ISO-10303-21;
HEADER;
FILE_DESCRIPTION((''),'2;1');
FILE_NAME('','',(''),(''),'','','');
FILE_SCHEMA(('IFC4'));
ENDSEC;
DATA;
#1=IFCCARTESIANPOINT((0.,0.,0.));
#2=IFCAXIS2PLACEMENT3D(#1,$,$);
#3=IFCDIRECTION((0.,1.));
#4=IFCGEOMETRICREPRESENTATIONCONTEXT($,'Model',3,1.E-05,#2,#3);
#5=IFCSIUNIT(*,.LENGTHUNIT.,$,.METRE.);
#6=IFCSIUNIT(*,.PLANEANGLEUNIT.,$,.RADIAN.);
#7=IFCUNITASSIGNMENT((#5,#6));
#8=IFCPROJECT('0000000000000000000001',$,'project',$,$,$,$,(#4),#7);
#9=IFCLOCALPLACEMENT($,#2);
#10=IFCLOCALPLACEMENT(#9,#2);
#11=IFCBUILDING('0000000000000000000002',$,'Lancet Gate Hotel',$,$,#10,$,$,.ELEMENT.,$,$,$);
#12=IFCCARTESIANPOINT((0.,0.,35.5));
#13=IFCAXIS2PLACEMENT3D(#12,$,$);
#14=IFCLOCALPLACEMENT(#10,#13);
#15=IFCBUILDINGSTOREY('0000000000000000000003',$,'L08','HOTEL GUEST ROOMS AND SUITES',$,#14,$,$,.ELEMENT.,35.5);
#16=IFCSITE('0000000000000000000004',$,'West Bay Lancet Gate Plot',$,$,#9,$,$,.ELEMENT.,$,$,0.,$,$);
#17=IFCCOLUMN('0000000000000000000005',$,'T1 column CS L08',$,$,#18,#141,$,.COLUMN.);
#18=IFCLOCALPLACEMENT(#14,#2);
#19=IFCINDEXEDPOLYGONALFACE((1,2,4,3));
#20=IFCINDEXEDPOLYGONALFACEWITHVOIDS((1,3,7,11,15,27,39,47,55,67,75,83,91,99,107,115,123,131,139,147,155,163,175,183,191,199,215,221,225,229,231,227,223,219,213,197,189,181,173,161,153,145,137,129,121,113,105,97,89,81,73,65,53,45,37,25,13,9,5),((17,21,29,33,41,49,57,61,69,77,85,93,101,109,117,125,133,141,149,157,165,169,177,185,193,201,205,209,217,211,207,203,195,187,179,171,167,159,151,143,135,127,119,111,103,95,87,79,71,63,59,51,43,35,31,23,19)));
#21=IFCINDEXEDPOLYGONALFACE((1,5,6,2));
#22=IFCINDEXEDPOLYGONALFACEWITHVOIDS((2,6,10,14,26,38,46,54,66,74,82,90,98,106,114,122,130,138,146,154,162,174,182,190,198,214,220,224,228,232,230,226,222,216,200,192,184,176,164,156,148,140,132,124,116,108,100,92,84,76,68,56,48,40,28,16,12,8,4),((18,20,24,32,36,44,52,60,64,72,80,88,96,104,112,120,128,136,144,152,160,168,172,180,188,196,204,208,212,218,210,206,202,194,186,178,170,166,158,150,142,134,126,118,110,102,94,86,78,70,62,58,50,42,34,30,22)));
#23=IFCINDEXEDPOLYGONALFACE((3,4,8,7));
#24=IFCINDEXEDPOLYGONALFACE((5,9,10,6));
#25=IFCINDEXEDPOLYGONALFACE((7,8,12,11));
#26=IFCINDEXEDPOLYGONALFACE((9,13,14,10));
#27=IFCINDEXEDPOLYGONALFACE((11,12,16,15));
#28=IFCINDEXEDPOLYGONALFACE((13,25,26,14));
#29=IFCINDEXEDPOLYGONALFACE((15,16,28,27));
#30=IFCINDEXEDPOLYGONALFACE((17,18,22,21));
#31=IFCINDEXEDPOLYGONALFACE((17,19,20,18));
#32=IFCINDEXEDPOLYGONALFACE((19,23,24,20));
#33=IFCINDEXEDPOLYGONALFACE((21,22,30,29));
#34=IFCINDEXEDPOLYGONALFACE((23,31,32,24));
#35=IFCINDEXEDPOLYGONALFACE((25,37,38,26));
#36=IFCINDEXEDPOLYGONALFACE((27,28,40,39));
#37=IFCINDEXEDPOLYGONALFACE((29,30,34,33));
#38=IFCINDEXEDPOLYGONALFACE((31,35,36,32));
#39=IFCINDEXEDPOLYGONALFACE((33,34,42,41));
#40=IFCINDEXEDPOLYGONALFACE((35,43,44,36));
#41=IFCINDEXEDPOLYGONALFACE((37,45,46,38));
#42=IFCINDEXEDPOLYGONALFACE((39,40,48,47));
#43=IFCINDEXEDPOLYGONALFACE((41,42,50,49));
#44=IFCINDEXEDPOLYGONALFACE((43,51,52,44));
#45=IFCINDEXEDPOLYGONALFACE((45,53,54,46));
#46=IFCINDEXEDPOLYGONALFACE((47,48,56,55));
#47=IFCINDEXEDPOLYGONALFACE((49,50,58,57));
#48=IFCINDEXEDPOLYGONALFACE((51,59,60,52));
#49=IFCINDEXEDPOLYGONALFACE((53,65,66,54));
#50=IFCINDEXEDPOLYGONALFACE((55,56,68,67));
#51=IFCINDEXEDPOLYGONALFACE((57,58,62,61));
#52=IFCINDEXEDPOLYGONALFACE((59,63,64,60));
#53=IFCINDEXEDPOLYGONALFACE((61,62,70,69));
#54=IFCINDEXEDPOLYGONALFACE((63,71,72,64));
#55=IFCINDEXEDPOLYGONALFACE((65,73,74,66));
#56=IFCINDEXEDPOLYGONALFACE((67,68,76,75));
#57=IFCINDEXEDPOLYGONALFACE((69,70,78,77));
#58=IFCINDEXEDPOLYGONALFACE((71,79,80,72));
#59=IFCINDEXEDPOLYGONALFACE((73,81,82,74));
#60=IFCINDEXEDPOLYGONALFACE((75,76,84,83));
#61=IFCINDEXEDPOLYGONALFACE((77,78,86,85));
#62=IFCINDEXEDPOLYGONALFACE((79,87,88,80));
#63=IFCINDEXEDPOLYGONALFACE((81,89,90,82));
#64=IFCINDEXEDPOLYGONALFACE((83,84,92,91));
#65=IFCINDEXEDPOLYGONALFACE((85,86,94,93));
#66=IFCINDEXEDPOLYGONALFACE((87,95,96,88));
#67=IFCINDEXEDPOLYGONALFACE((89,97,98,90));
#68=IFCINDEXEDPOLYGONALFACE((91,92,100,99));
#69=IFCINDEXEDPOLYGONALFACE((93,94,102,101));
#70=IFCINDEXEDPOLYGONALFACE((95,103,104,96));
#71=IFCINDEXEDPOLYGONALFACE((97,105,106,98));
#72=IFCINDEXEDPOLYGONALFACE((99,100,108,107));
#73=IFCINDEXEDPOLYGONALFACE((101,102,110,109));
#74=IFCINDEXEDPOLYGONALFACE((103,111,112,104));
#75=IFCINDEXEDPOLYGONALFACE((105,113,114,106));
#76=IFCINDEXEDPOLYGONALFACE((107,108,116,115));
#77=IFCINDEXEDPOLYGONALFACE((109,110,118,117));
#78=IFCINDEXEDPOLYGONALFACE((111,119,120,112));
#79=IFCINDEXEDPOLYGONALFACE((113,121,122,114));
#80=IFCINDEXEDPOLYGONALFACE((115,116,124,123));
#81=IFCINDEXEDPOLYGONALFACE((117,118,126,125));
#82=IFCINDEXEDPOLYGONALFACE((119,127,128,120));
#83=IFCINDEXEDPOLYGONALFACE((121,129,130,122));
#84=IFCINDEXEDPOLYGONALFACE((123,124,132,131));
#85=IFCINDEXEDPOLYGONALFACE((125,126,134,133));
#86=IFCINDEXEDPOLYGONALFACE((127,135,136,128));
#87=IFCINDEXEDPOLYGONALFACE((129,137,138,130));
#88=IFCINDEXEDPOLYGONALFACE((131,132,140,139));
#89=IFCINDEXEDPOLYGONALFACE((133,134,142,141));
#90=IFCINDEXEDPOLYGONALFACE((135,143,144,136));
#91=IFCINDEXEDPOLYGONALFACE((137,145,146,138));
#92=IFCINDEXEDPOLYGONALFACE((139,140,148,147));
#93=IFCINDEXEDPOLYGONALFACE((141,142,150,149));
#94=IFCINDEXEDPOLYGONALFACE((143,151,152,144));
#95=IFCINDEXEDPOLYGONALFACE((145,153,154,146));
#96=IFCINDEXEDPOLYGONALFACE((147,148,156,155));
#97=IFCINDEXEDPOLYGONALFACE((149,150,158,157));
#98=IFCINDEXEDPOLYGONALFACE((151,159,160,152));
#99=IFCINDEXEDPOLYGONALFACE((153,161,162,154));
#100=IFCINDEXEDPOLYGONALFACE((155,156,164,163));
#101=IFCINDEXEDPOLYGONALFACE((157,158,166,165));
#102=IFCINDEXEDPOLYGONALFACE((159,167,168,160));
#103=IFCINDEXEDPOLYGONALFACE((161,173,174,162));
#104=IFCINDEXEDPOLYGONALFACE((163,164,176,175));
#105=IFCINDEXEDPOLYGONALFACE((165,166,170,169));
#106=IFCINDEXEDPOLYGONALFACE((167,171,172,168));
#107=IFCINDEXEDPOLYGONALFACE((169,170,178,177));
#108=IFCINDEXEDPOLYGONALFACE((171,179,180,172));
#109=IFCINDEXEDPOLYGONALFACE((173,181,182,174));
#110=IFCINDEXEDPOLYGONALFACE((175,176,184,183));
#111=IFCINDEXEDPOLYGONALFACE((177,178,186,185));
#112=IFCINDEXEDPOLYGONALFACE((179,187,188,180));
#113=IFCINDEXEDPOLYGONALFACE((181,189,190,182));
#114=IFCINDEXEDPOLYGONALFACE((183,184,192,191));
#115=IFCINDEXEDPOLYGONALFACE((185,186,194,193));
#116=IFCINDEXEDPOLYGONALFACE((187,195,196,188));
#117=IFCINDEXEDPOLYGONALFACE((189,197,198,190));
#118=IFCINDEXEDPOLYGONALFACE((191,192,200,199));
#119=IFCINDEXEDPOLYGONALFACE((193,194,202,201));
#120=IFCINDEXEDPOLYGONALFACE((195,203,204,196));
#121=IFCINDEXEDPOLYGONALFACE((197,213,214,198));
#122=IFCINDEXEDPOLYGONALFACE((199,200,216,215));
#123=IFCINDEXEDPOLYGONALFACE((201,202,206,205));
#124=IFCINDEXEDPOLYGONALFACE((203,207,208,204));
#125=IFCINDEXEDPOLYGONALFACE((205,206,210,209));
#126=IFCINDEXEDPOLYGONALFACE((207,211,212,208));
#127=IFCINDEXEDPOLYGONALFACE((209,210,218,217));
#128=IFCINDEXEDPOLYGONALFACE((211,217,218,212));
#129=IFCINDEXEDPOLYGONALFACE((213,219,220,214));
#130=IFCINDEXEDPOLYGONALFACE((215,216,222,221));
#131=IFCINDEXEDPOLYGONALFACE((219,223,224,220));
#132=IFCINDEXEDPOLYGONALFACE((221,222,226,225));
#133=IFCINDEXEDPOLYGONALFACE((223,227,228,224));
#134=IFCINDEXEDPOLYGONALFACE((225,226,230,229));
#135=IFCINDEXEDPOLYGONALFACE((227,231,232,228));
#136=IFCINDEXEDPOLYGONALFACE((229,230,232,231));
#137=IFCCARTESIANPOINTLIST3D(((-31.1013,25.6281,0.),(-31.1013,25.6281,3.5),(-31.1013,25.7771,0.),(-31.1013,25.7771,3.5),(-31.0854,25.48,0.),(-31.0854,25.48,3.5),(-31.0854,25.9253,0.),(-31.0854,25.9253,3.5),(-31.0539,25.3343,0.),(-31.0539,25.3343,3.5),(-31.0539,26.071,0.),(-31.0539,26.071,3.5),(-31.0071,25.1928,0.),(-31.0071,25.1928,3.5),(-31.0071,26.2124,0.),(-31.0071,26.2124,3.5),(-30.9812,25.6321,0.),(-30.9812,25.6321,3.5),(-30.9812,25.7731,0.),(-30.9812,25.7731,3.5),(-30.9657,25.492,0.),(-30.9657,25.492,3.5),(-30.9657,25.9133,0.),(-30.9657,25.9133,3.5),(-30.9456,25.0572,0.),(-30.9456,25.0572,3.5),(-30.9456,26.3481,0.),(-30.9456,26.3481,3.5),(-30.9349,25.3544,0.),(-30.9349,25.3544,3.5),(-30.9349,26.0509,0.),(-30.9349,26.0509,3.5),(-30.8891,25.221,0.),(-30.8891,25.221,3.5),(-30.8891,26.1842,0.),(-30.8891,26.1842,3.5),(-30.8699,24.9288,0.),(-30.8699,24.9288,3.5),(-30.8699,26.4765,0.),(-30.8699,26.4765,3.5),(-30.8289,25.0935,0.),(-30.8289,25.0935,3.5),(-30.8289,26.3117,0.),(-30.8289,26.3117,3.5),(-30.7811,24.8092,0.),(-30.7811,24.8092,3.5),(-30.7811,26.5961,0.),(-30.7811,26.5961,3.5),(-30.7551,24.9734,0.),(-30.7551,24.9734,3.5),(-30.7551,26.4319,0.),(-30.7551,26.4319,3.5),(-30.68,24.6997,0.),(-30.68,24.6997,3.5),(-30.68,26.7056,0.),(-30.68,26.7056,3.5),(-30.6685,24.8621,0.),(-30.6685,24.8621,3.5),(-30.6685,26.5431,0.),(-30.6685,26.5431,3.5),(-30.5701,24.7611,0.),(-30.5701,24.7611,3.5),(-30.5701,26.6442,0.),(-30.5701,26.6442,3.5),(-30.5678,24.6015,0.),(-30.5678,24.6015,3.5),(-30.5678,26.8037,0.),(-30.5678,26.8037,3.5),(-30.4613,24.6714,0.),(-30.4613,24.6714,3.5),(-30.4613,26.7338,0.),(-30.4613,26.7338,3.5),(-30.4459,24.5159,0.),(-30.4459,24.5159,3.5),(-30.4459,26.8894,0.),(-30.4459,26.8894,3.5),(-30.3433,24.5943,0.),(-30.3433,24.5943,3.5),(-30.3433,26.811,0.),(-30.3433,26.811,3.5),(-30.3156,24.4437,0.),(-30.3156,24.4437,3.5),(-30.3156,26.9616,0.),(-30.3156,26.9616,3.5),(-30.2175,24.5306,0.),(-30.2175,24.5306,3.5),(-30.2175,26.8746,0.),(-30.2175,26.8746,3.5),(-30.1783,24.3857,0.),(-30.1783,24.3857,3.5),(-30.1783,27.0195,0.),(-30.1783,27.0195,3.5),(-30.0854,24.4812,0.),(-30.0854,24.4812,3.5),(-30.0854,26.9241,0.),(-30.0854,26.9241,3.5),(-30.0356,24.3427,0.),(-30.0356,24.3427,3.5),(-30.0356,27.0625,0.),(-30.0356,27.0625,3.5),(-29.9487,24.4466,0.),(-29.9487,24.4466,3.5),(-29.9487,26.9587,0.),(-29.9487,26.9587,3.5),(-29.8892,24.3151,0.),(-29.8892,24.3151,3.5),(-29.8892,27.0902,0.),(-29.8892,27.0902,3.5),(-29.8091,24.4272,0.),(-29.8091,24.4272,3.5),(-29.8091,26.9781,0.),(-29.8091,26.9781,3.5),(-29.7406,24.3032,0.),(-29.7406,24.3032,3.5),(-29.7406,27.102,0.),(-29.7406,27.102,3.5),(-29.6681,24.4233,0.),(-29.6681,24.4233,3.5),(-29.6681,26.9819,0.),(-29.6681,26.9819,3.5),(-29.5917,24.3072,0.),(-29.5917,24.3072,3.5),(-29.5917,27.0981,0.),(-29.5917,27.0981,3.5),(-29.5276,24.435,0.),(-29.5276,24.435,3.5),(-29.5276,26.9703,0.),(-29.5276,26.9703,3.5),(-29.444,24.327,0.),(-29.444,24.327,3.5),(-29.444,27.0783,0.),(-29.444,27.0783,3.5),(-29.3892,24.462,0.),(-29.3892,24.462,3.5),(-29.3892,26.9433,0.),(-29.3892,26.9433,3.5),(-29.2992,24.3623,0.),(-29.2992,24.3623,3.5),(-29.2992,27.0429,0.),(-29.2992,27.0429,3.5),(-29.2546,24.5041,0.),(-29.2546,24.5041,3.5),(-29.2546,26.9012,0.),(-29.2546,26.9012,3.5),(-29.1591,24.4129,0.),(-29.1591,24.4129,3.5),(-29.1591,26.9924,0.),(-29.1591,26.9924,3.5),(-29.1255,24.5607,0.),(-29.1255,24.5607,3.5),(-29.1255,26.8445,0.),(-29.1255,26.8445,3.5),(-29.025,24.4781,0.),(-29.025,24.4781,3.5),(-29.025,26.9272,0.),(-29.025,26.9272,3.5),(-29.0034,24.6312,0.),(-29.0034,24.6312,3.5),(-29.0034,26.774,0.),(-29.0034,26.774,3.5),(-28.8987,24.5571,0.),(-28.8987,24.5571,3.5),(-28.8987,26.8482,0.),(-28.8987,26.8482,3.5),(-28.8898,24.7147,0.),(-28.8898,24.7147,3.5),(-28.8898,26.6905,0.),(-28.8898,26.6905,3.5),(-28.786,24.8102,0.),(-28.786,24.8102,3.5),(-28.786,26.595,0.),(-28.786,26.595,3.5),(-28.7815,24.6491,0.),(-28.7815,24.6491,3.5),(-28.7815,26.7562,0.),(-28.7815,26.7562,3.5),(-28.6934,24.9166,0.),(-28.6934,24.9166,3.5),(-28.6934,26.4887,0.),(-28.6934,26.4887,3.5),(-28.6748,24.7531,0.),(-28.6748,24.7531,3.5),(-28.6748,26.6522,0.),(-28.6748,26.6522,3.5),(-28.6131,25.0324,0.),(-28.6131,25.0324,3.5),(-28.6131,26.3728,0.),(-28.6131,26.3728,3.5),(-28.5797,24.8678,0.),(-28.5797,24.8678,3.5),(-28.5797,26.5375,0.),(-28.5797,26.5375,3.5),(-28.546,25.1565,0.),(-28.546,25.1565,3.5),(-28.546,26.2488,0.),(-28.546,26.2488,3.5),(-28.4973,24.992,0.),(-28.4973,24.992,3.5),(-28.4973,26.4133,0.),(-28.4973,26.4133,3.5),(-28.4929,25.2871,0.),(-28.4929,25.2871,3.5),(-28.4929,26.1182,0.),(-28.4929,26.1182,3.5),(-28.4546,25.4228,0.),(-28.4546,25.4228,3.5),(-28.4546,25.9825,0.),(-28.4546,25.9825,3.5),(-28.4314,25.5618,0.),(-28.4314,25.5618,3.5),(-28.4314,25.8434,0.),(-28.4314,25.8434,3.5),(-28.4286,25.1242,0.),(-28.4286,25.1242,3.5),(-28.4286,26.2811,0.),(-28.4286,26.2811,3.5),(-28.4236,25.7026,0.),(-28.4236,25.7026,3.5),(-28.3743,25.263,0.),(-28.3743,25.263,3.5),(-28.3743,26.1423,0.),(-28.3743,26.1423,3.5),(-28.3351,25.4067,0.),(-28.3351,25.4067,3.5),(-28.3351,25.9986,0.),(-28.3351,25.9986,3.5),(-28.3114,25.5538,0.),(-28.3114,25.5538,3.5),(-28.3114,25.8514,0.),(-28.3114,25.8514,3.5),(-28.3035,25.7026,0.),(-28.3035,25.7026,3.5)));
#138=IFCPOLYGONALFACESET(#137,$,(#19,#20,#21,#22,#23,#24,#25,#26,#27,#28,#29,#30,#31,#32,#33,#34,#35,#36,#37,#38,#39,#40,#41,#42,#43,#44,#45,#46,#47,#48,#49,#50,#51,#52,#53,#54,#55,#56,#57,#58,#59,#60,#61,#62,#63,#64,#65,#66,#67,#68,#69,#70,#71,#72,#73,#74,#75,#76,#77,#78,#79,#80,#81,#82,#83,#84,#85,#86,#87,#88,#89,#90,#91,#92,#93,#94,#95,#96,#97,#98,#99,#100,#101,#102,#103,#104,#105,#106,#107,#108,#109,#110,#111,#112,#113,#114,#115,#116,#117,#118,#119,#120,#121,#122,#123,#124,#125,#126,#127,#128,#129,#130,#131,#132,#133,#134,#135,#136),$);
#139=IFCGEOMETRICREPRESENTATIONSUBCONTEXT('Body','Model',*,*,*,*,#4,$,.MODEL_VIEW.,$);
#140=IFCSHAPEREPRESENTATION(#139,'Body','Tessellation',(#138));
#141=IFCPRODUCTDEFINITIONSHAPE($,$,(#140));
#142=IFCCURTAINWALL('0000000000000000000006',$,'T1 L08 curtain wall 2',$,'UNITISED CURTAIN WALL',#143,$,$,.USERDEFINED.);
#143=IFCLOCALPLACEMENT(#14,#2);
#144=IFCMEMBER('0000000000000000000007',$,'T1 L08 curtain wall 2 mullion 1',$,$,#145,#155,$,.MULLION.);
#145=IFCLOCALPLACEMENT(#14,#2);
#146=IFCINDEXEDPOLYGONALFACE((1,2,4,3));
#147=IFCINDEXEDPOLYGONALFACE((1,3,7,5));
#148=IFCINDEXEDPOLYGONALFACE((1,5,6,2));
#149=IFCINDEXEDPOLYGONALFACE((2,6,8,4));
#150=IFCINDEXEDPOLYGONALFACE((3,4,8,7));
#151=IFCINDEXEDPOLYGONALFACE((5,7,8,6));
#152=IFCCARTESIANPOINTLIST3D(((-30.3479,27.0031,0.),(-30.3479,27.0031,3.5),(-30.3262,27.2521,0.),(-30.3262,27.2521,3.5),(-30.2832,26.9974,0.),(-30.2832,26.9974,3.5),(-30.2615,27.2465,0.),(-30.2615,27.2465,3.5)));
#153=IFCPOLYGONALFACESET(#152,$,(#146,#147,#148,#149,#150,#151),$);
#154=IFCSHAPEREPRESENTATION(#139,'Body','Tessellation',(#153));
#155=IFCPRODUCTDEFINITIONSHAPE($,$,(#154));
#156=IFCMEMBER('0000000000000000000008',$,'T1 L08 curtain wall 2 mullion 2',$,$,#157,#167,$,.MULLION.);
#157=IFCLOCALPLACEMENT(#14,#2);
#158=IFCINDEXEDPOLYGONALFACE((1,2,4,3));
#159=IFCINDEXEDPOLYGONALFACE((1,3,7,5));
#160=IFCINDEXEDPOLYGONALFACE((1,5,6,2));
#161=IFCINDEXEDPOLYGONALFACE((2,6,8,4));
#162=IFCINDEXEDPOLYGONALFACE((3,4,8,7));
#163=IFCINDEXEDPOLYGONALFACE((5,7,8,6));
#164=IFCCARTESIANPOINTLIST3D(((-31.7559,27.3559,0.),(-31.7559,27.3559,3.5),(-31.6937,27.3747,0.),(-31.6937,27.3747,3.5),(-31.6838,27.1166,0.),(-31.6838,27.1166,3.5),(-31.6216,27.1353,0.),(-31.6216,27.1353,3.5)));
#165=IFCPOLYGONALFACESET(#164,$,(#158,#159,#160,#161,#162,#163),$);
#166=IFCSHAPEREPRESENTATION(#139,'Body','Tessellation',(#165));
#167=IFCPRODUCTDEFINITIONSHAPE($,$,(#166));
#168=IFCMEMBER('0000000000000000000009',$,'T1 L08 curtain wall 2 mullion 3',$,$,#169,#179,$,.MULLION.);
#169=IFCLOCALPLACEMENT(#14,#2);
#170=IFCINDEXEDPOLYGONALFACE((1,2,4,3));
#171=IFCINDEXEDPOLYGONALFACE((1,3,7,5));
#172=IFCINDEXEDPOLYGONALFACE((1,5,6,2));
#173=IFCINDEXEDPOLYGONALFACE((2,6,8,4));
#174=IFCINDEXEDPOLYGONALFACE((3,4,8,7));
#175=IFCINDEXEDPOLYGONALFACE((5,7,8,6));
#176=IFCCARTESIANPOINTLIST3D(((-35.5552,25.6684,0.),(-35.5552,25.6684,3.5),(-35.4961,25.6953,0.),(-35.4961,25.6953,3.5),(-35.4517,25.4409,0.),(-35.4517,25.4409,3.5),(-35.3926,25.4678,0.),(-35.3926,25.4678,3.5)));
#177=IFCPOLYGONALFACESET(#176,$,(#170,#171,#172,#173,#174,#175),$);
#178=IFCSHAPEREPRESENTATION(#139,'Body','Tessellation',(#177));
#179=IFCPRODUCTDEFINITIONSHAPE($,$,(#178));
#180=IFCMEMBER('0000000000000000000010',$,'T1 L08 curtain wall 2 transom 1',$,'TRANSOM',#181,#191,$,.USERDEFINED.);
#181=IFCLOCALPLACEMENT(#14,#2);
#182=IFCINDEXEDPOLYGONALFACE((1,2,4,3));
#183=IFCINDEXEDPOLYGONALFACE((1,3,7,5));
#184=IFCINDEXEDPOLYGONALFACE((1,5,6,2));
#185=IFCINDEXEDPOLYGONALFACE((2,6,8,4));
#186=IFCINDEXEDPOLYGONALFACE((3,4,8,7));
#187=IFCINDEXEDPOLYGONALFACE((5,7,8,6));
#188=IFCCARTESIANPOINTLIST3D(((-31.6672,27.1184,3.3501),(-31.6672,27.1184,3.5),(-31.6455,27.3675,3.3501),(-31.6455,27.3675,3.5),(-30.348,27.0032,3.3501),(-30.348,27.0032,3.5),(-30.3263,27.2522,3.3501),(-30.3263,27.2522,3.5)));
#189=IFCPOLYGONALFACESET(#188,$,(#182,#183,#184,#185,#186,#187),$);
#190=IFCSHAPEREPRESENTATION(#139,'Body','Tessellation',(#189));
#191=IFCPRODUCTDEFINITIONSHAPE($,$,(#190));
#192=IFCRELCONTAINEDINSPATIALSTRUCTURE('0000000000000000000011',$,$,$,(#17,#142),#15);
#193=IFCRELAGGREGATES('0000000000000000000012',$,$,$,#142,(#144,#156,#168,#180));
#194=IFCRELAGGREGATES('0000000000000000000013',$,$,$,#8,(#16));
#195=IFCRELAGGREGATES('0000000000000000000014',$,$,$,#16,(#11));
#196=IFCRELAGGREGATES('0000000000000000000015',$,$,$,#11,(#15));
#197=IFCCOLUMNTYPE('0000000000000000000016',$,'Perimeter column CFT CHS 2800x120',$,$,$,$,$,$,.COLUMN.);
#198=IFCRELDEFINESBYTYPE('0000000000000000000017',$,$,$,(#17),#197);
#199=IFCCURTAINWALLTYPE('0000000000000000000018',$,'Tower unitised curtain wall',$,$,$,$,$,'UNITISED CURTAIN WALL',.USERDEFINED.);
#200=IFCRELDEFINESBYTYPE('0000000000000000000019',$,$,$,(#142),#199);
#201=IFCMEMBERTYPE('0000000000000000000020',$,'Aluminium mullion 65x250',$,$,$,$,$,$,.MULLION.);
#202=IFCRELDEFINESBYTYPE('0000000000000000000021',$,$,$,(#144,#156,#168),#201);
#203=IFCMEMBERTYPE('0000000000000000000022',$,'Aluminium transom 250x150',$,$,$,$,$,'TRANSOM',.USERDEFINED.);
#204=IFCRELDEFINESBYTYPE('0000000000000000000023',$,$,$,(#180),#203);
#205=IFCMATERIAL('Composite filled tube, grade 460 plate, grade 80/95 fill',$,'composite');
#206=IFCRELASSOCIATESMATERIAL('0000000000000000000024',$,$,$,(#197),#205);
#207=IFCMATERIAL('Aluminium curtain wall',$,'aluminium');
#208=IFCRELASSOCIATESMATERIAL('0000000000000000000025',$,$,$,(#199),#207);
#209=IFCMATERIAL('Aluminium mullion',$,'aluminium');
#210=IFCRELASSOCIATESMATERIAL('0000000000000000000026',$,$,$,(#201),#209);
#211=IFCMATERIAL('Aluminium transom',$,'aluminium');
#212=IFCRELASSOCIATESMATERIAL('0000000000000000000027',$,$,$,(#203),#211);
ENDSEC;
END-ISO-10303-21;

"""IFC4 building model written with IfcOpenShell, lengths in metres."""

from ifc_helpers import new_model, si_unit, direction, frame, origin, origin_2d, place, context, subcontext, project, spatial, rectangle, hollow_circle, extrude, material, material_profile, profile_set, type_object, element, aggregate, save


model = new_model("IFC4")

# Units and contexts
model_context = context("Model", 3, precision=1e-05, world=origin(), true_north=direction((0.0, 1.0)))
body_context = subcontext(model_context, "Body", "Model", "MODEL_VIEW")
ifc_project = project(units=[si_unit("LENGTHUNIT", "METRE"), si_unit("PLANEANGLEUNIT", "RADIAN")], contexts=[model_context])

# Site, building, storey
site_placement = place(None, origin())
site = spatial("IfcSite", under=ifc_project, at=site_placement, Name="West Bay Lancet Gate Plot", CompositionType="ELEMENT", RefElevation=0.0)
building_placement = place(site_placement, origin())
building = spatial("IfcBuilding", under=site, at=building_placement, Name="Lancet Gate Hotel", CompositionType="ELEMENT")
storey_placement = place(building_placement, frame((0.0, 0.0, 35.5)))
storey = spatial("IfcBuildingStorey", under=building, at=storey_placement, Name="L08", Description="HOTEL GUEST ROOMS AND SUITES", CompositionType="ELEMENT", Elevation=35.5)

# Column
ifc_material_1 = material(Name="Composite filled tube, grade 460 plate, grade 80/95 fill", Category="composite")
ifc_material_profile_1 = material_profile(ifc_material_1, hollow_circle(Radius=1.3999, WallThickness=0.1201, at=origin_2d()), Name="CHS 2800x120")
ifc_profile_set_1 = profile_set([ifc_material_profile_1], Name="Composite filled tube, grade 460 plate, grade 80/95 fill")
column_type = type_object("IfcColumnType", Name="Perimeter column CFT CHS 2800x120", PredefinedType="COLUMN", material=ifc_profile_set_1)
column_placement = place(storey_placement, frame((-29.7034, 25.7026, 0.0), z_axis=(0.0, 0.0, 1.0), x_axis=(1.0, 0.0, 0.0)))
element("IfcColumn", 1, at=column_placement, inside=storey, type_object=column_type, Name="T1 column CS L08", PredefinedType="COLUMN", context=body_context, shape_type="SweptSolid", body=[
    extrude(hollow_circle(Radius=1.3999, WallThickness=0.1201, at=origin_2d()), origin(), (0.0, 0.0, 1.0), 3.5),
])

# Curtain wall, members
ifc_material_2 = material(Name="Aluminium curtain wall", Category="aluminium")
curtain_wall_type = type_object("IfcCurtainWallType", Name="Tower unitised curtain wall", ElementType="UNITISED CURTAIN WALL", PredefinedType="USERDEFINED", material=ifc_material_2)
curtain_wall_placement = place(storey_placement, origin())
curtain_wall = element("IfcCurtainWall", 2, at=curtain_wall_placement, inside=storey, type_object=curtain_wall_type, Name="T1 L08 curtain wall 2", ObjectType="UNITISED CURTAIN WALL", PredefinedType="USERDEFINED")
ifc_material_3 = material(Name="Aluminium mullion", Category="aluminium")
ifc_material_profile_2 = material_profile(ifc_material_3, rectangle(XDim=0.0649, YDim=0.25, at=origin_2d()), Name="MULLION 65x250")
ifc_profile_set_2 = profile_set([ifc_material_profile_2], Name="Aluminium mullion")
member_type_1 = type_object("IfcMemberType", Name="Aluminium mullion 65x250", PredefinedType="MULLION", material=ifc_profile_set_2)
member_1_placement = place(storey_placement, frame((-30.3047, 27.1248, 0.0), z_axis=(0.0, 0.0, 1.0), x_axis=(-0.996204, 0.087052, 0.0)))
member_1 = element("IfcMember", 3, at=member_1_placement, type_object=member_type_1, Name="T1 L08 curtain wall 2 mullion 1", PredefinedType="MULLION", context=body_context, shape_type="SweptSolid", body=[
    extrude(rectangle(XDim=0.0649, YDim=0.25, at=origin_2d()), origin(), (0.0, 0.0, 1.0), 3.5),
])
member_2_placement = place(storey_placement, frame((-31.6887, 27.2456, 0.0), z_axis=(0.0, 0.0, 1.0), x_axis=(-0.957524, -0.288352, 0.0)))
member_2 = element("IfcMember", 4, at=member_2_placement, type_object=member_type_1, Name="T1 L08 curtain wall 2 mullion 2", PredefinedType="MULLION", context=body_context, shape_type="SweptSolid", body=[
    extrude(rectangle(XDim=0.0649, YDim=0.25, at=origin_2d()), origin(), (0.0, 0.0, 1.0), 3.5),
])
member_3_placement = place(storey_placement, frame((-35.4739, 25.5681, 0.0), z_axis=(0.0, 0.0, 1.0), x_axis=(-0.91022, -0.414126, 0.0)))
member_3 = element("IfcMember", 5, at=member_3_placement, type_object=member_type_1, Name="T1 L08 curtain wall 2 mullion 3", PredefinedType="MULLION", context=body_context, shape_type="SweptSolid", body=[
    extrude(rectangle(XDim=0.0649, YDim=0.25, at=origin_2d()), origin(), (0.0, 0.0, 1.0), 3.5),
])
ifc_material_4 = material(Name="Aluminium transom", Category="aluminium")
ifc_material_profile_3 = material_profile(ifc_material_4, rectangle(XDim=0.25, YDim=0.1499, at=origin_2d()), Name="TRANSOM 250x150")
ifc_profile_set_3 = profile_set([ifc_material_profile_3], Name="Aluminium transom")
member_type_2 = type_object("IfcMemberType", Name="Aluminium transom 250x150", ElementType="TRANSOM", PredefinedType="USERDEFINED", material=ifc_profile_set_3)
member_4_placement = place(storey_placement, frame((-30.3372, 27.1277, 3.425), z_axis=(-0.996206, 0.087027, 0.0), x_axis=(-0.087027, -0.996206, 0.0)))
member_4 = element("IfcMember", 6, at=member_4_placement, type_object=member_type_2, Name="T1 L08 curtain wall 2 transom 1", ObjectType="TRANSOM", PredefinedType="USERDEFINED", context=body_context, shape_type="SweptSolid", body=[
    extrude(rectangle(XDim=0.25, YDim=0.1499, at=origin_2d()), origin(), (0.0, 0.0, 1.0), 1.3242),
])

aggregate(curtain_wall, [member_1, member_2, member_3, member_4])

save(model, "model.ifc")
